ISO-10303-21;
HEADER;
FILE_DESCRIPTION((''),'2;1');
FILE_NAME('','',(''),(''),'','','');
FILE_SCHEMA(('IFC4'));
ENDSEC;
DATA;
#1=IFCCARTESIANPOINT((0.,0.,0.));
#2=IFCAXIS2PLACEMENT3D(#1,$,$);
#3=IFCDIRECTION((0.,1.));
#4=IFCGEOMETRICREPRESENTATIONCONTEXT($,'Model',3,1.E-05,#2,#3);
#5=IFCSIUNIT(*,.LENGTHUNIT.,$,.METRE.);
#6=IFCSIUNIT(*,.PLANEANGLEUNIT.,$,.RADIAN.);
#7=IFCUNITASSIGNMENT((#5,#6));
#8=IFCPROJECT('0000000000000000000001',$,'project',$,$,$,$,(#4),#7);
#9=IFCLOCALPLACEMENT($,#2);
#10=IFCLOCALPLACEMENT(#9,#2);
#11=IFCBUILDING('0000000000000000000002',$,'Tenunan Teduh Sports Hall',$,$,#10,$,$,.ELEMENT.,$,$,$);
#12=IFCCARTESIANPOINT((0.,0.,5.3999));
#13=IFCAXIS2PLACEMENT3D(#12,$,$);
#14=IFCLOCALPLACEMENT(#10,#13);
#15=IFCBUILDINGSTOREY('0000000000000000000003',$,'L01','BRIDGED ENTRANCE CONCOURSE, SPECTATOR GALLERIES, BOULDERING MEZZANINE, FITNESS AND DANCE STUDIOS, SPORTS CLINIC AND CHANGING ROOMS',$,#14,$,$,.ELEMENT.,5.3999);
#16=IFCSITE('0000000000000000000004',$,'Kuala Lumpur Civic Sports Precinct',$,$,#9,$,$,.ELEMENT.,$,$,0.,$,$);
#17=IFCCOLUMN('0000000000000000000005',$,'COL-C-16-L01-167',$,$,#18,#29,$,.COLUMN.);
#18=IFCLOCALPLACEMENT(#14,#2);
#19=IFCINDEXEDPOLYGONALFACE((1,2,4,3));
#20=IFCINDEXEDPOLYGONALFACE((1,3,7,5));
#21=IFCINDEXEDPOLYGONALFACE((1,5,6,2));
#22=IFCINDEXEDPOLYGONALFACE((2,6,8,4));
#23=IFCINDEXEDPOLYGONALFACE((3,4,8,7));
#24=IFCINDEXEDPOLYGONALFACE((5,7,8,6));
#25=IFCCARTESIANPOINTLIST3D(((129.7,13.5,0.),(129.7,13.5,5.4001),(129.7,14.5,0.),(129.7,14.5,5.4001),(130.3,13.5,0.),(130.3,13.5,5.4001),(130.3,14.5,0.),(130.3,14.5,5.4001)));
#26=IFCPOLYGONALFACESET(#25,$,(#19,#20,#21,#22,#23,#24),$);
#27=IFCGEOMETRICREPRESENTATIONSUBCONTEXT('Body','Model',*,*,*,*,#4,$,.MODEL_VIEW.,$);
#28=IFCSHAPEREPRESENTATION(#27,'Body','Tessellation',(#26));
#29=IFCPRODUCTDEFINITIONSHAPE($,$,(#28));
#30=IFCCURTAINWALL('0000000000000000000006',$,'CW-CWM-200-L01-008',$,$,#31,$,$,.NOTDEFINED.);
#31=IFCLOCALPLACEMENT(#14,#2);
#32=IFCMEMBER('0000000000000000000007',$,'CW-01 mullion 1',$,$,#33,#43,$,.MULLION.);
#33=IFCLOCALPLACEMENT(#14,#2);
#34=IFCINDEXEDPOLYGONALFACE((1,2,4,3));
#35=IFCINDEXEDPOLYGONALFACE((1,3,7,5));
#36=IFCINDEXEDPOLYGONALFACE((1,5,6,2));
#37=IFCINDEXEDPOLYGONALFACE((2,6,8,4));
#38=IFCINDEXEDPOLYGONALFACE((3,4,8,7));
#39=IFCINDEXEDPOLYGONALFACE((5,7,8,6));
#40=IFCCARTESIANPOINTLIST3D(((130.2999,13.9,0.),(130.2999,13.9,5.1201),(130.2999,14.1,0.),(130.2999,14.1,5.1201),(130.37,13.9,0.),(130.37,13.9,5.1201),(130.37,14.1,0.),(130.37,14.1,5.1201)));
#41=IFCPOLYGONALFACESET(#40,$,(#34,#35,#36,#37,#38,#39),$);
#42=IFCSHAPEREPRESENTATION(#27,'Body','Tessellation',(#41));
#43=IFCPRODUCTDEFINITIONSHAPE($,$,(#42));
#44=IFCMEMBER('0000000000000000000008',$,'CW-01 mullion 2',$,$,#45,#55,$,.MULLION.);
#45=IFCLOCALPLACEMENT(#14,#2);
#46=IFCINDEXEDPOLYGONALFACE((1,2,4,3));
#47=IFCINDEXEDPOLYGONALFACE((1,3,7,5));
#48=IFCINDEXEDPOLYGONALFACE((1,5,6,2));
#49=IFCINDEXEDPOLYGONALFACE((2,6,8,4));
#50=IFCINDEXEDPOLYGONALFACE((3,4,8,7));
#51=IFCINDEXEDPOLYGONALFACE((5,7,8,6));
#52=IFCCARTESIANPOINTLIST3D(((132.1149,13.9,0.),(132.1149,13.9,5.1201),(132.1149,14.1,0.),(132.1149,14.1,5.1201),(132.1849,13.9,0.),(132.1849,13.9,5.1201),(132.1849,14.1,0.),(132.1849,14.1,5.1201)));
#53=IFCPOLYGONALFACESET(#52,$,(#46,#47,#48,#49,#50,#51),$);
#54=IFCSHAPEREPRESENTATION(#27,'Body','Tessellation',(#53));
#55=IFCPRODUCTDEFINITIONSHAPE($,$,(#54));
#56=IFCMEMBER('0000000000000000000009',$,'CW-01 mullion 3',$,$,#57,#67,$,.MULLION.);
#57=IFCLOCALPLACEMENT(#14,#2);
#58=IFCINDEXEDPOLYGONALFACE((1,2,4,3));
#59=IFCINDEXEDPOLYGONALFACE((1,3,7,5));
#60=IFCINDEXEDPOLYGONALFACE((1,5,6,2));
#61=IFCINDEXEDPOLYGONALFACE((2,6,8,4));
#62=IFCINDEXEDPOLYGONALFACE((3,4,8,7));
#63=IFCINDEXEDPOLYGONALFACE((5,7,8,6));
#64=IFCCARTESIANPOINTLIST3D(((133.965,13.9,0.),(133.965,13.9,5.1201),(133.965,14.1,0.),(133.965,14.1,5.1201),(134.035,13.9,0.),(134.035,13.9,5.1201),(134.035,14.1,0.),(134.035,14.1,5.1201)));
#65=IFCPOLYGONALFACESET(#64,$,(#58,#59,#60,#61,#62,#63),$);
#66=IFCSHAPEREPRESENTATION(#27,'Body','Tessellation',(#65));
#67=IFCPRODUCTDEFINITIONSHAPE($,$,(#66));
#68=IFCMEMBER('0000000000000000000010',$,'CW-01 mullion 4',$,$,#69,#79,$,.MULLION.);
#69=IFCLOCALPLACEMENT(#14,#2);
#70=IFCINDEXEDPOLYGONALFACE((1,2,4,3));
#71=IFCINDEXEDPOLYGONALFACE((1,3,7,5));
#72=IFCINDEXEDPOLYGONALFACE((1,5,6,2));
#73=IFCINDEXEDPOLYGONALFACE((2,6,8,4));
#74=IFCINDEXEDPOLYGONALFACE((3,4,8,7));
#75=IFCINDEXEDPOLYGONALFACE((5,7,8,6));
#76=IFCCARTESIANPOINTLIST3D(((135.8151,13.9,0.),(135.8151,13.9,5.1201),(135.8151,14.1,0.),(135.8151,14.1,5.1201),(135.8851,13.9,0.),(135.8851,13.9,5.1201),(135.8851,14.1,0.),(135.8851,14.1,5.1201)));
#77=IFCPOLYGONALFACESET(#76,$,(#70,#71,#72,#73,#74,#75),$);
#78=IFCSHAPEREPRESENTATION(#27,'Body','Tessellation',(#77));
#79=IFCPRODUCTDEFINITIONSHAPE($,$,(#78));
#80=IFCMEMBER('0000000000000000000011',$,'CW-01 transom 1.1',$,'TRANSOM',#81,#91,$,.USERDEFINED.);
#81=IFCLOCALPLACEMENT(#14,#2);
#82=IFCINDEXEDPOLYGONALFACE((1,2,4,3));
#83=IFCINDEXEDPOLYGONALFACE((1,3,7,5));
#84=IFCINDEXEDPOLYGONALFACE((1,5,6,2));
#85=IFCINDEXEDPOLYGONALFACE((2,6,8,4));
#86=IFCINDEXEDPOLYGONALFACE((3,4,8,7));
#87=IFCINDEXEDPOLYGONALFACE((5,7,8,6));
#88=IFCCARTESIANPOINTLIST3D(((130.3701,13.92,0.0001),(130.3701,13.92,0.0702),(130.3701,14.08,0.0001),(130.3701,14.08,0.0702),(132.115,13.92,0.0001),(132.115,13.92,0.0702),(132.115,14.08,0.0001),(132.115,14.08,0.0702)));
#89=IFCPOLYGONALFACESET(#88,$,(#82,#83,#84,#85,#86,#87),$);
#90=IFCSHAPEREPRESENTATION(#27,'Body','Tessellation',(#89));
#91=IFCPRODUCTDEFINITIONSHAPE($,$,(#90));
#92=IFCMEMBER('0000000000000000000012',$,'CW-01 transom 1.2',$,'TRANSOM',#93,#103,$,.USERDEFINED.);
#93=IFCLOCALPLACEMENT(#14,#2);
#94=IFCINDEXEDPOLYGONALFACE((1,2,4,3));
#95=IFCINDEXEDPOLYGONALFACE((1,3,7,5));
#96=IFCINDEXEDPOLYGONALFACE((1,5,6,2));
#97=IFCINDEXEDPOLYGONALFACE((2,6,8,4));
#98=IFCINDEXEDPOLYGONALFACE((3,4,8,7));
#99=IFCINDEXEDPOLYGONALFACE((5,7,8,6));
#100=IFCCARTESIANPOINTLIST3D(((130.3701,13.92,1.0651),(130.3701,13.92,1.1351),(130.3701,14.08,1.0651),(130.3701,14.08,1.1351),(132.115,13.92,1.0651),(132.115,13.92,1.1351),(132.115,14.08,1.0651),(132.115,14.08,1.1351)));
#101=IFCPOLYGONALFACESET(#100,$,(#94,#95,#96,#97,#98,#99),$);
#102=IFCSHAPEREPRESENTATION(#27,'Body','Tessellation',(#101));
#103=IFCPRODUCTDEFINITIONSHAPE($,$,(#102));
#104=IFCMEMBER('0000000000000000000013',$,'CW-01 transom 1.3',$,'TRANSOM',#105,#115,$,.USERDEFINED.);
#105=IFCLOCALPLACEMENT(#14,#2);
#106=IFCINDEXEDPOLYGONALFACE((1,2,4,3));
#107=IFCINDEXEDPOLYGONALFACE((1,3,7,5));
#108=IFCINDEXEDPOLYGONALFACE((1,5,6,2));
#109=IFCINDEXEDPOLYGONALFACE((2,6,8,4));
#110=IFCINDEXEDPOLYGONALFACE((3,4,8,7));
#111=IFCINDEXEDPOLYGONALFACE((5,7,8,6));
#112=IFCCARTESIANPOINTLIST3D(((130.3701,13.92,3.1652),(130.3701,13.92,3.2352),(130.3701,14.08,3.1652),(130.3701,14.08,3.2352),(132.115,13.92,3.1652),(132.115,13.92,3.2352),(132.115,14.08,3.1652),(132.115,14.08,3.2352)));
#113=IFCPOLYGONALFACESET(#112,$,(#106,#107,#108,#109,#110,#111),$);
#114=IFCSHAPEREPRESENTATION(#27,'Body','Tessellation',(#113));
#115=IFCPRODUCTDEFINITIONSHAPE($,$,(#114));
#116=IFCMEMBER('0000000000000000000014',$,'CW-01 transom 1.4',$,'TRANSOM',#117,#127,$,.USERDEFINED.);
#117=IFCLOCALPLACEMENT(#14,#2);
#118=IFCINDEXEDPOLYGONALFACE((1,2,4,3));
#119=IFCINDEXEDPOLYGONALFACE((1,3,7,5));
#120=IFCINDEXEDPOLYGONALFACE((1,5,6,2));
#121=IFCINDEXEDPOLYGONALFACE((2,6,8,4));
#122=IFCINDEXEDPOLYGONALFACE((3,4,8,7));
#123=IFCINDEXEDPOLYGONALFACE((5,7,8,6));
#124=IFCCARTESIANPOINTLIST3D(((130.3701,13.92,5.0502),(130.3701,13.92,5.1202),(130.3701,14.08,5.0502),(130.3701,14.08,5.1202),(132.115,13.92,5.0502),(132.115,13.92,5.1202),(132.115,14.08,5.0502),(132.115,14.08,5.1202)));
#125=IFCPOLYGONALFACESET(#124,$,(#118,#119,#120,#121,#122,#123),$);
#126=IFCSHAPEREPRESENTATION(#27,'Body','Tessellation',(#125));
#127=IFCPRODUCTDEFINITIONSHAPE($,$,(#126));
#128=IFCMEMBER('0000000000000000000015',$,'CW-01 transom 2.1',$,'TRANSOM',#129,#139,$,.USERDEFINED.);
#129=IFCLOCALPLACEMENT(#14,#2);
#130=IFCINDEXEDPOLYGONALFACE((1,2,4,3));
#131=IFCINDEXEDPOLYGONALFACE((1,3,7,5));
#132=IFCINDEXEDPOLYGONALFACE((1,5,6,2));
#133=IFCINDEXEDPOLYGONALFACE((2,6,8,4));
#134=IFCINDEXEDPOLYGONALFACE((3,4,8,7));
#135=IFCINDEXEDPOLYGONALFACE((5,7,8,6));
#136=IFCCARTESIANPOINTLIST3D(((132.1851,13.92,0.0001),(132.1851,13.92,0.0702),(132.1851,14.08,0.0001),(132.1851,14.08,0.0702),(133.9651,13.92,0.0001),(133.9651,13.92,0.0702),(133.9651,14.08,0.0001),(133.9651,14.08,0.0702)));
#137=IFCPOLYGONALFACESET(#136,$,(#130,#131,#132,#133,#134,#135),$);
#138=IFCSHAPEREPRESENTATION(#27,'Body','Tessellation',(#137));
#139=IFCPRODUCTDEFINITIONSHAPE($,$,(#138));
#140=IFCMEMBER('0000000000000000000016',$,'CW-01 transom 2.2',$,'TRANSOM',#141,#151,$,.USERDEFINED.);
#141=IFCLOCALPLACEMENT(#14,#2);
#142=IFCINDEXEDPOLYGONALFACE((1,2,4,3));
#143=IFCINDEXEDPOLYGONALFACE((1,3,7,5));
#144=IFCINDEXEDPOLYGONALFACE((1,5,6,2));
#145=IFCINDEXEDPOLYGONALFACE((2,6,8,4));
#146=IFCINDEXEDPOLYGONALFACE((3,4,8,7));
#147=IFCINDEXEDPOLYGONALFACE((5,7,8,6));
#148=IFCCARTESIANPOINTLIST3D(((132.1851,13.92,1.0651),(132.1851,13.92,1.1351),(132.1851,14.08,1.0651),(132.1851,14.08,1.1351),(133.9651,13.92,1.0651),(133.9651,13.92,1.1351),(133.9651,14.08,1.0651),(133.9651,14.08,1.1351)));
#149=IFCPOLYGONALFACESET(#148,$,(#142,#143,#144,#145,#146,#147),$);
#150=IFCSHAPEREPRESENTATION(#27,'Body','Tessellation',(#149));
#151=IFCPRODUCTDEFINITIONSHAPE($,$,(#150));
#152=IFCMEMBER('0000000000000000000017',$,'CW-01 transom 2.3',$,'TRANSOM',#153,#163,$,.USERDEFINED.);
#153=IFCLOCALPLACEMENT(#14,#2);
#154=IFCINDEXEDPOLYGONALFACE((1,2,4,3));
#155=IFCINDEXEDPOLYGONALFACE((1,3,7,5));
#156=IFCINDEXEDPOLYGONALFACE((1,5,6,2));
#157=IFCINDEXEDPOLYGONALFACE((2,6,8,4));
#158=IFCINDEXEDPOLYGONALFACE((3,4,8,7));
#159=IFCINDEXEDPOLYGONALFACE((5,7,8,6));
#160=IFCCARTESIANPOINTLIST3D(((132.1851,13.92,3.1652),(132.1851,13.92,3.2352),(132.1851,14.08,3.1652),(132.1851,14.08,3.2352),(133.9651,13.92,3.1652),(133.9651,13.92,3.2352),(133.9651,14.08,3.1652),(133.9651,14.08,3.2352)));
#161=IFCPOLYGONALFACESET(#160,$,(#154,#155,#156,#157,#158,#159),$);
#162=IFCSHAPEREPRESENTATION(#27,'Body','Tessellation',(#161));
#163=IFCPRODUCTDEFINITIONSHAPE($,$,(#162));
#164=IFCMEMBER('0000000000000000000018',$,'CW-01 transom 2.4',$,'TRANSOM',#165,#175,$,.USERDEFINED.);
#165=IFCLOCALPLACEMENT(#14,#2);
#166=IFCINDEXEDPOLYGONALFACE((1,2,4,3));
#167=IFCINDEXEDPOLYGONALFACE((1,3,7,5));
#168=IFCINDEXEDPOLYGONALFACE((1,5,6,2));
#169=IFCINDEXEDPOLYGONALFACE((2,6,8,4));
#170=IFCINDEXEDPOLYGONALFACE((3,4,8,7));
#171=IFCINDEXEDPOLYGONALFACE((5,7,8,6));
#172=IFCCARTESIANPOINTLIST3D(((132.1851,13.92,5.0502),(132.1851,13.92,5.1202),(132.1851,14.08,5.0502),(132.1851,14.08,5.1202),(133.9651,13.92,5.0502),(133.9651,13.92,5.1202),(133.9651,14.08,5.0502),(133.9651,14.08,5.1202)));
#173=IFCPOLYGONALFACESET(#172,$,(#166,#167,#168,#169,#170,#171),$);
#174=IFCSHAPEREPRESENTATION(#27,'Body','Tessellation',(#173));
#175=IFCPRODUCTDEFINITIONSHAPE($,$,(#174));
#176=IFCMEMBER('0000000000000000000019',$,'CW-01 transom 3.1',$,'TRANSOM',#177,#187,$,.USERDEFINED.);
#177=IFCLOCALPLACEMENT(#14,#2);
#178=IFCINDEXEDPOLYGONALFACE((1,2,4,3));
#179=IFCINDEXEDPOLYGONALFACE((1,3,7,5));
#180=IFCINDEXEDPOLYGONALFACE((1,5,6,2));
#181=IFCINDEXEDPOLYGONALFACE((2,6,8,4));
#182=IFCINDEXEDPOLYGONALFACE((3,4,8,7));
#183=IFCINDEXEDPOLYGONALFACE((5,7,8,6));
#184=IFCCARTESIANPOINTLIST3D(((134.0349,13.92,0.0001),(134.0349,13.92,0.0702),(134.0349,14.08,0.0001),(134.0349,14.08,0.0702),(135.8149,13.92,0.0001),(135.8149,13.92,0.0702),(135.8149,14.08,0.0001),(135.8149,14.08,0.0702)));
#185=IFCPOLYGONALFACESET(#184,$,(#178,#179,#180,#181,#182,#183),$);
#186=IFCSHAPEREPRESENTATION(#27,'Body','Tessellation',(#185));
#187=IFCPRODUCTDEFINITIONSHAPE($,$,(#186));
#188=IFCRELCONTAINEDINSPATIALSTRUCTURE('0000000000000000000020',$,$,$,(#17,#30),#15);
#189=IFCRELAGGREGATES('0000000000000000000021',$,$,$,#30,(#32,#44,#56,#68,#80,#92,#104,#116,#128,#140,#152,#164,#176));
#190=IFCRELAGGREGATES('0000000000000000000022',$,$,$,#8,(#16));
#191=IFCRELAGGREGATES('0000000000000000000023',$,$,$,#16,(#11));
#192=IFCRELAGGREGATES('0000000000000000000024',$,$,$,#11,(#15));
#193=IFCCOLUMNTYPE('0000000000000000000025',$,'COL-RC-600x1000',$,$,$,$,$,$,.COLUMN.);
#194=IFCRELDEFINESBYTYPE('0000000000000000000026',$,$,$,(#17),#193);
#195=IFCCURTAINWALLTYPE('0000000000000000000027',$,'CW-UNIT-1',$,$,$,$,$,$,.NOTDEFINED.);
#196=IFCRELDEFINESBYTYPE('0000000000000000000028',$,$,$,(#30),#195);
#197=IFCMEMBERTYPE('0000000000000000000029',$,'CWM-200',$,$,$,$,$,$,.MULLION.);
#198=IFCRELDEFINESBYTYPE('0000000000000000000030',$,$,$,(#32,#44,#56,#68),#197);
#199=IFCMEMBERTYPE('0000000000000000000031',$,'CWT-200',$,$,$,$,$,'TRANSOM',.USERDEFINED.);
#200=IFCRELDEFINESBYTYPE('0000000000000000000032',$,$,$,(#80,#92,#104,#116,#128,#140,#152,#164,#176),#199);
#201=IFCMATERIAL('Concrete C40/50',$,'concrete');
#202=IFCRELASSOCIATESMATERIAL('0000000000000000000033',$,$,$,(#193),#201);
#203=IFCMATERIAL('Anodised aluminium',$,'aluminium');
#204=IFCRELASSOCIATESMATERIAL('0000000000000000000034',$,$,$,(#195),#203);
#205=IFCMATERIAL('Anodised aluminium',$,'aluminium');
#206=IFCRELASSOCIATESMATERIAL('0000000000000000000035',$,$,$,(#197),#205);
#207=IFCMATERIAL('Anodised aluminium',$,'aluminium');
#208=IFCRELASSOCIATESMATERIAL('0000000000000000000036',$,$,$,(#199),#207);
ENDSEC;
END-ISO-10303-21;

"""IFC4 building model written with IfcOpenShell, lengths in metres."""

from ifc_helpers import new_model, si_unit, direction, frame, origin, origin_2d, place, context, subcontext, project, spatial, rectangle, extrude, material, material_profile, profile_set, type_object, element, aggregate, save


model = new_model("IFC4")

# Units and contexts
model_context = context("Model", 3, precision=1e-05, world=origin(), true_north=direction((0.0, 1.0)))
body_context = subcontext(model_context, "Body", "Model", "MODEL_VIEW")
ifc_project = project(units=[si_unit("LENGTHUNIT", "METRE"), si_unit("PLANEANGLEUNIT", "RADIAN")], contexts=[model_context])

# Site, building, storey
site_placement = place(None, origin())
site = spatial("IfcSite", under=ifc_project, at=site_placement, Name="Kuala Lumpur Civic Sports Precinct", CompositionType="ELEMENT", RefElevation=0.0)
building_placement = place(site_placement, origin())
building = spatial("IfcBuilding", under=site, at=building_placement, Name="Tenunan Teduh Sports Hall", CompositionType="ELEMENT")
storey_placement = place(building_placement, frame((0.0, 0.0, 5.3999)))
storey = spatial("IfcBuildingStorey", under=building, at=storey_placement, Name="L01", Description="BRIDGED ENTRANCE CONCOURSE, SPECTATOR GALLERIES, BOULDERING MEZZANINE, FITNESS AND DANCE STUDIOS, SPORTS CLINIC AND CHANGING ROOMS", CompositionType="ELEMENT", Elevation=5.3999)

# Column
ifc_material_1 = material(Name="Concrete C40/50", Category="concrete")
ifc_material_profile_1 = material_profile(ifc_material_1, rectangle(XDim=0.6001, YDim=1.0, at=origin_2d()), Name="RC 600x1000")
ifc_profile_set_1 = profile_set([ifc_material_profile_1], Name="Concrete C40/50")
column_type = type_object("IfcColumnType", Name="COL-RC-600x1000", PredefinedType="COLUMN", material=ifc_profile_set_1)
column_placement = place(storey_placement, frame((130.0, 14.0, 0.0), z_axis=(0.0, 0.0, 1.0), x_axis=(1.0, 0.0, 0.0)))
element("IfcColumn", 1, at=column_placement, inside=storey, type_object=column_type, Name="COL-C-16-L01-167", PredefinedType="COLUMN", context=body_context, shape_type="SweptSolid", body=[
    extrude(rectangle(XDim=0.6001, YDim=1.0, at=origin_2d()), origin(), (0.0, 0.0, 1.0), 5.4001),
])

# Curtain wall, members
ifc_material_2 = material(Name="Anodised aluminium", Category="aluminium")
curtain_wall_type = type_object("IfcCurtainWallType", Name="CW-UNIT-1", PredefinedType="NOTDEFINED", material=ifc_material_2)
curtain_wall_placement = place(storey_placement, origin())
curtain_wall = element("IfcCurtainWall", 2, at=curtain_wall_placement, inside=storey, type_object=curtain_wall_type, Name="CW-CWM-200-L01-008", PredefinedType="NOTDEFINED")
ifc_material_3 = material(Name="Anodised aluminium", Category="aluminium")
ifc_material_profile_2 = material_profile(ifc_material_3, rectangle(XDim=0.0701, YDim=0.2, at=origin_2d()), Name="CWM 70x200")
ifc_profile_set_2 = profile_set([ifc_material_profile_2], Name="Anodised aluminium")
member_type_1 = type_object("IfcMemberType", Name="CWM-200", PredefinedType="MULLION", material=ifc_profile_set_2)
member_1_placement = place(storey_placement, frame((130.335, 14.0, 0.0), z_axis=(0.0, 0.0, 1.0), x_axis=(1.0, 0.0, 0.0)))
member_1 = element("IfcMember", 3, at=member_1_placement, type_object=member_type_1, Name="CW-01 mullion 1", PredefinedType="MULLION", context=body_context, shape_type="SweptSolid", body=[
    extrude(rectangle(XDim=0.0701, YDim=0.2, at=origin_2d()), origin(), (0.0, 0.0, 1.0), 5.1201),
])
member_2_placement = place(storey_placement, frame((132.1499, 14.0, 0.0), z_axis=(0.0, 0.0, 1.0), x_axis=(1.0, 0.0, 0.0)))
member_2 = element("IfcMember", 4, at=member_2_placement, type_object=member_type_1, Name="CW-01 mullion 2", PredefinedType="MULLION", context=body_context, shape_type="SweptSolid", body=[
    extrude(rectangle(XDim=0.0701, YDim=0.2, at=origin_2d()), origin(), (0.0, 0.0, 1.0), 5.1201),
])
member_3_placement = place(storey_placement, frame((134.0, 14.0, 0.0), z_axis=(0.0, 0.0, 1.0), x_axis=(1.0, 0.0, 0.0)))
member_3 = element("IfcMember", 5, at=member_3_placement, type_object=member_type_1, Name="CW-01 mullion 3", PredefinedType="MULLION", context=body_context, shape_type="SweptSolid", body=[
    extrude(rectangle(XDim=0.0701, YDim=0.2, at=origin_2d()), origin(), (0.0, 0.0, 1.0), 5.1201),
])
member_4_placement = place(storey_placement, frame((135.8501, 14.0, 0.0), z_axis=(0.0, 0.0, 1.0), x_axis=(1.0, 0.0, 0.0)))
member_4 = element("IfcMember", 6, at=member_4_placement, type_object=member_type_1, Name="CW-01 mullion 4", PredefinedType="MULLION", context=body_context, shape_type="SweptSolid", body=[
    extrude(rectangle(XDim=0.0701, YDim=0.2, at=origin_2d()), origin(), (0.0, 0.0, 1.0), 5.1201),
])
ifc_material_4 = material(Name="Anodised aluminium", Category="aluminium")
ifc_material_profile_3 = material_profile(ifc_material_4, rectangle(XDim=0.0701, YDim=0.1599, at=origin_2d()), Name="CWT 70x160")
ifc_profile_set_3 = profile_set([ifc_material_profile_3], Name="Anodised aluminium")
member_type_2 = type_object("IfcMemberType", Name="CWT-200", ElementType="TRANSOM", PredefinedType="USERDEFINED", material=ifc_profile_set_3)
member_5_placement = place(storey_placement, frame((130.3701, 14.0, 0.0352), z_axis=(1.0, 0.0, 0.0), x_axis=(0.0, 0.0, 1.0)))
member_5 = element("IfcMember", 7, at=member_5_placement, type_object=member_type_2, Name="CW-01 transom 1.1", ObjectType="TRANSOM", PredefinedType="USERDEFINED", context=body_context, shape_type="SweptSolid", body=[
    extrude(rectangle(XDim=0.0701, YDim=0.1599, at=origin_2d()), origin(), (0.0, 0.0, 1.0), 1.7449),
])
member_6_placement = place(storey_placement, frame((130.3701, 14.0, 1.1001), z_axis=(1.0, 0.0, 0.0), x_axis=(0.0, 0.0, 1.0)))
member_6 = element("IfcMember", 8, at=member_6_placement, type_object=member_type_2, Name="CW-01 transom 1.2", ObjectType="TRANSOM", PredefinedType="USERDEFINED", context=body_context, shape_type="SweptSolid", body=[
    extrude(rectangle(XDim=0.0701, YDim=0.1599, at=origin_2d()), origin(), (0.0, 0.0, 1.0), 1.7449),
])
member_7_placement = place(storey_placement, frame((130.3701, 14.0, 3.2002), z_axis=(1.0, 0.0, 0.0), x_axis=(0.0, 0.0, 1.0)))
member_7 = element("IfcMember", 9, at=member_7_placement, type_object=member_type_2, Name="CW-01 transom 1.3", ObjectType="TRANSOM", PredefinedType="USERDEFINED", context=body_context, shape_type="SweptSolid", body=[
    extrude(rectangle(XDim=0.0701, YDim=0.1599, at=origin_2d()), origin(), (0.0, 0.0, 1.0), 1.7449),
])
member_8_placement = place(storey_placement, frame((130.3701, 14.0, 5.0852), z_axis=(1.0, 0.0, 0.0), x_axis=(0.0, 0.0, 1.0)))
member_8 = element("IfcMember", 10, at=member_8_placement, type_object=member_type_2, Name="CW-01 transom 1.4", ObjectType="TRANSOM", PredefinedType="USERDEFINED", context=body_context, shape_type="SweptSolid", body=[
    extrude(rectangle(XDim=0.0701, YDim=0.1599, at=origin_2d()), origin(), (0.0, 0.0, 1.0), 1.7449),
])
member_9_placement = place(storey_placement, frame((132.1851, 14.0, 0.0352), z_axis=(1.0, 0.0, 0.0), x_axis=(0.0, 0.0, 1.0)))
member_9 = element("IfcMember", 11, at=member_9_placement, type_object=member_type_2, Name="CW-01 transom 2.1", ObjectType="TRANSOM", PredefinedType="USERDEFINED", context=body_context, shape_type="SweptSolid", body=[
    extrude(rectangle(XDim=0.0701, YDim=0.1599, at=origin_2d()), origin(), (0.0, 0.0, 1.0), 1.78),
])
member_10_placement = place(storey_placement, frame((132.1851, 14.0, 1.1001), z_axis=(1.0, 0.0, 0.0), x_axis=(0.0, 0.0, 1.0)))
member_10 = element("IfcMember", 12, at=member_10_placement, type_object=member_type_2, Name="CW-01 transom 2.2", ObjectType="TRANSOM", PredefinedType="USERDEFINED", context=body_context, shape_type="SweptSolid", body=[
    extrude(rectangle(XDim=0.0701, YDim=0.1599, at=origin_2d()), origin(), (0.0, 0.0, 1.0), 1.78),
])
member_11_placement = place(storey_placement, frame((132.1851, 14.0, 3.2002), z_axis=(1.0, 0.0, 0.0), x_axis=(0.0, 0.0, 1.0)))
member_11 = element("IfcMember", 13, at=member_11_placement, type_object=member_type_2, Name="CW-01 transom 2.3", ObjectType="TRANSOM", PredefinedType="USERDEFINED", context=body_context, shape_type="SweptSolid", body=[
    extrude(rectangle(XDim=0.0701, YDim=0.1599, at=origin_2d()), origin(), (0.0, 0.0, 1.0), 1.78),
])
member_12_placement = place(storey_placement, frame((132.1851, 14.0, 5.0852), z_axis=(1.0, 0.0, 0.0), x_axis=(0.0, 0.0, 1.0)))
member_12 = element("IfcMember", 14, at=member_12_placement, type_object=member_type_2, Name="CW-01 transom 2.4", ObjectType="TRANSOM", PredefinedType="USERDEFINED", context=body_context, shape_type="SweptSolid", body=[
    extrude(rectangle(XDim=0.0701, YDim=0.1599, at=origin_2d()), origin(), (0.0, 0.0, 1.0), 1.78),
])
member_13_placement = place(storey_placement, frame((134.0349, 14.0, 0.0352), z_axis=(1.0, 0.0, 0.0), x_axis=(0.0, 0.0, 1.0)))
member_13 = element("IfcMember", 15, at=member_13_placement, type_object=member_type_2, Name="CW-01 transom 3.1", ObjectType="TRANSOM", PredefinedType="USERDEFINED", context=body_context, shape_type="SweptSolid", body=[
    extrude(rectangle(XDim=0.0701, YDim=0.1599, at=origin_2d()), origin(), (0.0, 0.0, 1.0), 1.78),
])

aggregate(curtain_wall, [member_1, member_2, member_3, member_4, member_5, member_6, member_7, member_8, member_9, member_10, member_11, member_12, member_13])

save(model, "model.ifc")
